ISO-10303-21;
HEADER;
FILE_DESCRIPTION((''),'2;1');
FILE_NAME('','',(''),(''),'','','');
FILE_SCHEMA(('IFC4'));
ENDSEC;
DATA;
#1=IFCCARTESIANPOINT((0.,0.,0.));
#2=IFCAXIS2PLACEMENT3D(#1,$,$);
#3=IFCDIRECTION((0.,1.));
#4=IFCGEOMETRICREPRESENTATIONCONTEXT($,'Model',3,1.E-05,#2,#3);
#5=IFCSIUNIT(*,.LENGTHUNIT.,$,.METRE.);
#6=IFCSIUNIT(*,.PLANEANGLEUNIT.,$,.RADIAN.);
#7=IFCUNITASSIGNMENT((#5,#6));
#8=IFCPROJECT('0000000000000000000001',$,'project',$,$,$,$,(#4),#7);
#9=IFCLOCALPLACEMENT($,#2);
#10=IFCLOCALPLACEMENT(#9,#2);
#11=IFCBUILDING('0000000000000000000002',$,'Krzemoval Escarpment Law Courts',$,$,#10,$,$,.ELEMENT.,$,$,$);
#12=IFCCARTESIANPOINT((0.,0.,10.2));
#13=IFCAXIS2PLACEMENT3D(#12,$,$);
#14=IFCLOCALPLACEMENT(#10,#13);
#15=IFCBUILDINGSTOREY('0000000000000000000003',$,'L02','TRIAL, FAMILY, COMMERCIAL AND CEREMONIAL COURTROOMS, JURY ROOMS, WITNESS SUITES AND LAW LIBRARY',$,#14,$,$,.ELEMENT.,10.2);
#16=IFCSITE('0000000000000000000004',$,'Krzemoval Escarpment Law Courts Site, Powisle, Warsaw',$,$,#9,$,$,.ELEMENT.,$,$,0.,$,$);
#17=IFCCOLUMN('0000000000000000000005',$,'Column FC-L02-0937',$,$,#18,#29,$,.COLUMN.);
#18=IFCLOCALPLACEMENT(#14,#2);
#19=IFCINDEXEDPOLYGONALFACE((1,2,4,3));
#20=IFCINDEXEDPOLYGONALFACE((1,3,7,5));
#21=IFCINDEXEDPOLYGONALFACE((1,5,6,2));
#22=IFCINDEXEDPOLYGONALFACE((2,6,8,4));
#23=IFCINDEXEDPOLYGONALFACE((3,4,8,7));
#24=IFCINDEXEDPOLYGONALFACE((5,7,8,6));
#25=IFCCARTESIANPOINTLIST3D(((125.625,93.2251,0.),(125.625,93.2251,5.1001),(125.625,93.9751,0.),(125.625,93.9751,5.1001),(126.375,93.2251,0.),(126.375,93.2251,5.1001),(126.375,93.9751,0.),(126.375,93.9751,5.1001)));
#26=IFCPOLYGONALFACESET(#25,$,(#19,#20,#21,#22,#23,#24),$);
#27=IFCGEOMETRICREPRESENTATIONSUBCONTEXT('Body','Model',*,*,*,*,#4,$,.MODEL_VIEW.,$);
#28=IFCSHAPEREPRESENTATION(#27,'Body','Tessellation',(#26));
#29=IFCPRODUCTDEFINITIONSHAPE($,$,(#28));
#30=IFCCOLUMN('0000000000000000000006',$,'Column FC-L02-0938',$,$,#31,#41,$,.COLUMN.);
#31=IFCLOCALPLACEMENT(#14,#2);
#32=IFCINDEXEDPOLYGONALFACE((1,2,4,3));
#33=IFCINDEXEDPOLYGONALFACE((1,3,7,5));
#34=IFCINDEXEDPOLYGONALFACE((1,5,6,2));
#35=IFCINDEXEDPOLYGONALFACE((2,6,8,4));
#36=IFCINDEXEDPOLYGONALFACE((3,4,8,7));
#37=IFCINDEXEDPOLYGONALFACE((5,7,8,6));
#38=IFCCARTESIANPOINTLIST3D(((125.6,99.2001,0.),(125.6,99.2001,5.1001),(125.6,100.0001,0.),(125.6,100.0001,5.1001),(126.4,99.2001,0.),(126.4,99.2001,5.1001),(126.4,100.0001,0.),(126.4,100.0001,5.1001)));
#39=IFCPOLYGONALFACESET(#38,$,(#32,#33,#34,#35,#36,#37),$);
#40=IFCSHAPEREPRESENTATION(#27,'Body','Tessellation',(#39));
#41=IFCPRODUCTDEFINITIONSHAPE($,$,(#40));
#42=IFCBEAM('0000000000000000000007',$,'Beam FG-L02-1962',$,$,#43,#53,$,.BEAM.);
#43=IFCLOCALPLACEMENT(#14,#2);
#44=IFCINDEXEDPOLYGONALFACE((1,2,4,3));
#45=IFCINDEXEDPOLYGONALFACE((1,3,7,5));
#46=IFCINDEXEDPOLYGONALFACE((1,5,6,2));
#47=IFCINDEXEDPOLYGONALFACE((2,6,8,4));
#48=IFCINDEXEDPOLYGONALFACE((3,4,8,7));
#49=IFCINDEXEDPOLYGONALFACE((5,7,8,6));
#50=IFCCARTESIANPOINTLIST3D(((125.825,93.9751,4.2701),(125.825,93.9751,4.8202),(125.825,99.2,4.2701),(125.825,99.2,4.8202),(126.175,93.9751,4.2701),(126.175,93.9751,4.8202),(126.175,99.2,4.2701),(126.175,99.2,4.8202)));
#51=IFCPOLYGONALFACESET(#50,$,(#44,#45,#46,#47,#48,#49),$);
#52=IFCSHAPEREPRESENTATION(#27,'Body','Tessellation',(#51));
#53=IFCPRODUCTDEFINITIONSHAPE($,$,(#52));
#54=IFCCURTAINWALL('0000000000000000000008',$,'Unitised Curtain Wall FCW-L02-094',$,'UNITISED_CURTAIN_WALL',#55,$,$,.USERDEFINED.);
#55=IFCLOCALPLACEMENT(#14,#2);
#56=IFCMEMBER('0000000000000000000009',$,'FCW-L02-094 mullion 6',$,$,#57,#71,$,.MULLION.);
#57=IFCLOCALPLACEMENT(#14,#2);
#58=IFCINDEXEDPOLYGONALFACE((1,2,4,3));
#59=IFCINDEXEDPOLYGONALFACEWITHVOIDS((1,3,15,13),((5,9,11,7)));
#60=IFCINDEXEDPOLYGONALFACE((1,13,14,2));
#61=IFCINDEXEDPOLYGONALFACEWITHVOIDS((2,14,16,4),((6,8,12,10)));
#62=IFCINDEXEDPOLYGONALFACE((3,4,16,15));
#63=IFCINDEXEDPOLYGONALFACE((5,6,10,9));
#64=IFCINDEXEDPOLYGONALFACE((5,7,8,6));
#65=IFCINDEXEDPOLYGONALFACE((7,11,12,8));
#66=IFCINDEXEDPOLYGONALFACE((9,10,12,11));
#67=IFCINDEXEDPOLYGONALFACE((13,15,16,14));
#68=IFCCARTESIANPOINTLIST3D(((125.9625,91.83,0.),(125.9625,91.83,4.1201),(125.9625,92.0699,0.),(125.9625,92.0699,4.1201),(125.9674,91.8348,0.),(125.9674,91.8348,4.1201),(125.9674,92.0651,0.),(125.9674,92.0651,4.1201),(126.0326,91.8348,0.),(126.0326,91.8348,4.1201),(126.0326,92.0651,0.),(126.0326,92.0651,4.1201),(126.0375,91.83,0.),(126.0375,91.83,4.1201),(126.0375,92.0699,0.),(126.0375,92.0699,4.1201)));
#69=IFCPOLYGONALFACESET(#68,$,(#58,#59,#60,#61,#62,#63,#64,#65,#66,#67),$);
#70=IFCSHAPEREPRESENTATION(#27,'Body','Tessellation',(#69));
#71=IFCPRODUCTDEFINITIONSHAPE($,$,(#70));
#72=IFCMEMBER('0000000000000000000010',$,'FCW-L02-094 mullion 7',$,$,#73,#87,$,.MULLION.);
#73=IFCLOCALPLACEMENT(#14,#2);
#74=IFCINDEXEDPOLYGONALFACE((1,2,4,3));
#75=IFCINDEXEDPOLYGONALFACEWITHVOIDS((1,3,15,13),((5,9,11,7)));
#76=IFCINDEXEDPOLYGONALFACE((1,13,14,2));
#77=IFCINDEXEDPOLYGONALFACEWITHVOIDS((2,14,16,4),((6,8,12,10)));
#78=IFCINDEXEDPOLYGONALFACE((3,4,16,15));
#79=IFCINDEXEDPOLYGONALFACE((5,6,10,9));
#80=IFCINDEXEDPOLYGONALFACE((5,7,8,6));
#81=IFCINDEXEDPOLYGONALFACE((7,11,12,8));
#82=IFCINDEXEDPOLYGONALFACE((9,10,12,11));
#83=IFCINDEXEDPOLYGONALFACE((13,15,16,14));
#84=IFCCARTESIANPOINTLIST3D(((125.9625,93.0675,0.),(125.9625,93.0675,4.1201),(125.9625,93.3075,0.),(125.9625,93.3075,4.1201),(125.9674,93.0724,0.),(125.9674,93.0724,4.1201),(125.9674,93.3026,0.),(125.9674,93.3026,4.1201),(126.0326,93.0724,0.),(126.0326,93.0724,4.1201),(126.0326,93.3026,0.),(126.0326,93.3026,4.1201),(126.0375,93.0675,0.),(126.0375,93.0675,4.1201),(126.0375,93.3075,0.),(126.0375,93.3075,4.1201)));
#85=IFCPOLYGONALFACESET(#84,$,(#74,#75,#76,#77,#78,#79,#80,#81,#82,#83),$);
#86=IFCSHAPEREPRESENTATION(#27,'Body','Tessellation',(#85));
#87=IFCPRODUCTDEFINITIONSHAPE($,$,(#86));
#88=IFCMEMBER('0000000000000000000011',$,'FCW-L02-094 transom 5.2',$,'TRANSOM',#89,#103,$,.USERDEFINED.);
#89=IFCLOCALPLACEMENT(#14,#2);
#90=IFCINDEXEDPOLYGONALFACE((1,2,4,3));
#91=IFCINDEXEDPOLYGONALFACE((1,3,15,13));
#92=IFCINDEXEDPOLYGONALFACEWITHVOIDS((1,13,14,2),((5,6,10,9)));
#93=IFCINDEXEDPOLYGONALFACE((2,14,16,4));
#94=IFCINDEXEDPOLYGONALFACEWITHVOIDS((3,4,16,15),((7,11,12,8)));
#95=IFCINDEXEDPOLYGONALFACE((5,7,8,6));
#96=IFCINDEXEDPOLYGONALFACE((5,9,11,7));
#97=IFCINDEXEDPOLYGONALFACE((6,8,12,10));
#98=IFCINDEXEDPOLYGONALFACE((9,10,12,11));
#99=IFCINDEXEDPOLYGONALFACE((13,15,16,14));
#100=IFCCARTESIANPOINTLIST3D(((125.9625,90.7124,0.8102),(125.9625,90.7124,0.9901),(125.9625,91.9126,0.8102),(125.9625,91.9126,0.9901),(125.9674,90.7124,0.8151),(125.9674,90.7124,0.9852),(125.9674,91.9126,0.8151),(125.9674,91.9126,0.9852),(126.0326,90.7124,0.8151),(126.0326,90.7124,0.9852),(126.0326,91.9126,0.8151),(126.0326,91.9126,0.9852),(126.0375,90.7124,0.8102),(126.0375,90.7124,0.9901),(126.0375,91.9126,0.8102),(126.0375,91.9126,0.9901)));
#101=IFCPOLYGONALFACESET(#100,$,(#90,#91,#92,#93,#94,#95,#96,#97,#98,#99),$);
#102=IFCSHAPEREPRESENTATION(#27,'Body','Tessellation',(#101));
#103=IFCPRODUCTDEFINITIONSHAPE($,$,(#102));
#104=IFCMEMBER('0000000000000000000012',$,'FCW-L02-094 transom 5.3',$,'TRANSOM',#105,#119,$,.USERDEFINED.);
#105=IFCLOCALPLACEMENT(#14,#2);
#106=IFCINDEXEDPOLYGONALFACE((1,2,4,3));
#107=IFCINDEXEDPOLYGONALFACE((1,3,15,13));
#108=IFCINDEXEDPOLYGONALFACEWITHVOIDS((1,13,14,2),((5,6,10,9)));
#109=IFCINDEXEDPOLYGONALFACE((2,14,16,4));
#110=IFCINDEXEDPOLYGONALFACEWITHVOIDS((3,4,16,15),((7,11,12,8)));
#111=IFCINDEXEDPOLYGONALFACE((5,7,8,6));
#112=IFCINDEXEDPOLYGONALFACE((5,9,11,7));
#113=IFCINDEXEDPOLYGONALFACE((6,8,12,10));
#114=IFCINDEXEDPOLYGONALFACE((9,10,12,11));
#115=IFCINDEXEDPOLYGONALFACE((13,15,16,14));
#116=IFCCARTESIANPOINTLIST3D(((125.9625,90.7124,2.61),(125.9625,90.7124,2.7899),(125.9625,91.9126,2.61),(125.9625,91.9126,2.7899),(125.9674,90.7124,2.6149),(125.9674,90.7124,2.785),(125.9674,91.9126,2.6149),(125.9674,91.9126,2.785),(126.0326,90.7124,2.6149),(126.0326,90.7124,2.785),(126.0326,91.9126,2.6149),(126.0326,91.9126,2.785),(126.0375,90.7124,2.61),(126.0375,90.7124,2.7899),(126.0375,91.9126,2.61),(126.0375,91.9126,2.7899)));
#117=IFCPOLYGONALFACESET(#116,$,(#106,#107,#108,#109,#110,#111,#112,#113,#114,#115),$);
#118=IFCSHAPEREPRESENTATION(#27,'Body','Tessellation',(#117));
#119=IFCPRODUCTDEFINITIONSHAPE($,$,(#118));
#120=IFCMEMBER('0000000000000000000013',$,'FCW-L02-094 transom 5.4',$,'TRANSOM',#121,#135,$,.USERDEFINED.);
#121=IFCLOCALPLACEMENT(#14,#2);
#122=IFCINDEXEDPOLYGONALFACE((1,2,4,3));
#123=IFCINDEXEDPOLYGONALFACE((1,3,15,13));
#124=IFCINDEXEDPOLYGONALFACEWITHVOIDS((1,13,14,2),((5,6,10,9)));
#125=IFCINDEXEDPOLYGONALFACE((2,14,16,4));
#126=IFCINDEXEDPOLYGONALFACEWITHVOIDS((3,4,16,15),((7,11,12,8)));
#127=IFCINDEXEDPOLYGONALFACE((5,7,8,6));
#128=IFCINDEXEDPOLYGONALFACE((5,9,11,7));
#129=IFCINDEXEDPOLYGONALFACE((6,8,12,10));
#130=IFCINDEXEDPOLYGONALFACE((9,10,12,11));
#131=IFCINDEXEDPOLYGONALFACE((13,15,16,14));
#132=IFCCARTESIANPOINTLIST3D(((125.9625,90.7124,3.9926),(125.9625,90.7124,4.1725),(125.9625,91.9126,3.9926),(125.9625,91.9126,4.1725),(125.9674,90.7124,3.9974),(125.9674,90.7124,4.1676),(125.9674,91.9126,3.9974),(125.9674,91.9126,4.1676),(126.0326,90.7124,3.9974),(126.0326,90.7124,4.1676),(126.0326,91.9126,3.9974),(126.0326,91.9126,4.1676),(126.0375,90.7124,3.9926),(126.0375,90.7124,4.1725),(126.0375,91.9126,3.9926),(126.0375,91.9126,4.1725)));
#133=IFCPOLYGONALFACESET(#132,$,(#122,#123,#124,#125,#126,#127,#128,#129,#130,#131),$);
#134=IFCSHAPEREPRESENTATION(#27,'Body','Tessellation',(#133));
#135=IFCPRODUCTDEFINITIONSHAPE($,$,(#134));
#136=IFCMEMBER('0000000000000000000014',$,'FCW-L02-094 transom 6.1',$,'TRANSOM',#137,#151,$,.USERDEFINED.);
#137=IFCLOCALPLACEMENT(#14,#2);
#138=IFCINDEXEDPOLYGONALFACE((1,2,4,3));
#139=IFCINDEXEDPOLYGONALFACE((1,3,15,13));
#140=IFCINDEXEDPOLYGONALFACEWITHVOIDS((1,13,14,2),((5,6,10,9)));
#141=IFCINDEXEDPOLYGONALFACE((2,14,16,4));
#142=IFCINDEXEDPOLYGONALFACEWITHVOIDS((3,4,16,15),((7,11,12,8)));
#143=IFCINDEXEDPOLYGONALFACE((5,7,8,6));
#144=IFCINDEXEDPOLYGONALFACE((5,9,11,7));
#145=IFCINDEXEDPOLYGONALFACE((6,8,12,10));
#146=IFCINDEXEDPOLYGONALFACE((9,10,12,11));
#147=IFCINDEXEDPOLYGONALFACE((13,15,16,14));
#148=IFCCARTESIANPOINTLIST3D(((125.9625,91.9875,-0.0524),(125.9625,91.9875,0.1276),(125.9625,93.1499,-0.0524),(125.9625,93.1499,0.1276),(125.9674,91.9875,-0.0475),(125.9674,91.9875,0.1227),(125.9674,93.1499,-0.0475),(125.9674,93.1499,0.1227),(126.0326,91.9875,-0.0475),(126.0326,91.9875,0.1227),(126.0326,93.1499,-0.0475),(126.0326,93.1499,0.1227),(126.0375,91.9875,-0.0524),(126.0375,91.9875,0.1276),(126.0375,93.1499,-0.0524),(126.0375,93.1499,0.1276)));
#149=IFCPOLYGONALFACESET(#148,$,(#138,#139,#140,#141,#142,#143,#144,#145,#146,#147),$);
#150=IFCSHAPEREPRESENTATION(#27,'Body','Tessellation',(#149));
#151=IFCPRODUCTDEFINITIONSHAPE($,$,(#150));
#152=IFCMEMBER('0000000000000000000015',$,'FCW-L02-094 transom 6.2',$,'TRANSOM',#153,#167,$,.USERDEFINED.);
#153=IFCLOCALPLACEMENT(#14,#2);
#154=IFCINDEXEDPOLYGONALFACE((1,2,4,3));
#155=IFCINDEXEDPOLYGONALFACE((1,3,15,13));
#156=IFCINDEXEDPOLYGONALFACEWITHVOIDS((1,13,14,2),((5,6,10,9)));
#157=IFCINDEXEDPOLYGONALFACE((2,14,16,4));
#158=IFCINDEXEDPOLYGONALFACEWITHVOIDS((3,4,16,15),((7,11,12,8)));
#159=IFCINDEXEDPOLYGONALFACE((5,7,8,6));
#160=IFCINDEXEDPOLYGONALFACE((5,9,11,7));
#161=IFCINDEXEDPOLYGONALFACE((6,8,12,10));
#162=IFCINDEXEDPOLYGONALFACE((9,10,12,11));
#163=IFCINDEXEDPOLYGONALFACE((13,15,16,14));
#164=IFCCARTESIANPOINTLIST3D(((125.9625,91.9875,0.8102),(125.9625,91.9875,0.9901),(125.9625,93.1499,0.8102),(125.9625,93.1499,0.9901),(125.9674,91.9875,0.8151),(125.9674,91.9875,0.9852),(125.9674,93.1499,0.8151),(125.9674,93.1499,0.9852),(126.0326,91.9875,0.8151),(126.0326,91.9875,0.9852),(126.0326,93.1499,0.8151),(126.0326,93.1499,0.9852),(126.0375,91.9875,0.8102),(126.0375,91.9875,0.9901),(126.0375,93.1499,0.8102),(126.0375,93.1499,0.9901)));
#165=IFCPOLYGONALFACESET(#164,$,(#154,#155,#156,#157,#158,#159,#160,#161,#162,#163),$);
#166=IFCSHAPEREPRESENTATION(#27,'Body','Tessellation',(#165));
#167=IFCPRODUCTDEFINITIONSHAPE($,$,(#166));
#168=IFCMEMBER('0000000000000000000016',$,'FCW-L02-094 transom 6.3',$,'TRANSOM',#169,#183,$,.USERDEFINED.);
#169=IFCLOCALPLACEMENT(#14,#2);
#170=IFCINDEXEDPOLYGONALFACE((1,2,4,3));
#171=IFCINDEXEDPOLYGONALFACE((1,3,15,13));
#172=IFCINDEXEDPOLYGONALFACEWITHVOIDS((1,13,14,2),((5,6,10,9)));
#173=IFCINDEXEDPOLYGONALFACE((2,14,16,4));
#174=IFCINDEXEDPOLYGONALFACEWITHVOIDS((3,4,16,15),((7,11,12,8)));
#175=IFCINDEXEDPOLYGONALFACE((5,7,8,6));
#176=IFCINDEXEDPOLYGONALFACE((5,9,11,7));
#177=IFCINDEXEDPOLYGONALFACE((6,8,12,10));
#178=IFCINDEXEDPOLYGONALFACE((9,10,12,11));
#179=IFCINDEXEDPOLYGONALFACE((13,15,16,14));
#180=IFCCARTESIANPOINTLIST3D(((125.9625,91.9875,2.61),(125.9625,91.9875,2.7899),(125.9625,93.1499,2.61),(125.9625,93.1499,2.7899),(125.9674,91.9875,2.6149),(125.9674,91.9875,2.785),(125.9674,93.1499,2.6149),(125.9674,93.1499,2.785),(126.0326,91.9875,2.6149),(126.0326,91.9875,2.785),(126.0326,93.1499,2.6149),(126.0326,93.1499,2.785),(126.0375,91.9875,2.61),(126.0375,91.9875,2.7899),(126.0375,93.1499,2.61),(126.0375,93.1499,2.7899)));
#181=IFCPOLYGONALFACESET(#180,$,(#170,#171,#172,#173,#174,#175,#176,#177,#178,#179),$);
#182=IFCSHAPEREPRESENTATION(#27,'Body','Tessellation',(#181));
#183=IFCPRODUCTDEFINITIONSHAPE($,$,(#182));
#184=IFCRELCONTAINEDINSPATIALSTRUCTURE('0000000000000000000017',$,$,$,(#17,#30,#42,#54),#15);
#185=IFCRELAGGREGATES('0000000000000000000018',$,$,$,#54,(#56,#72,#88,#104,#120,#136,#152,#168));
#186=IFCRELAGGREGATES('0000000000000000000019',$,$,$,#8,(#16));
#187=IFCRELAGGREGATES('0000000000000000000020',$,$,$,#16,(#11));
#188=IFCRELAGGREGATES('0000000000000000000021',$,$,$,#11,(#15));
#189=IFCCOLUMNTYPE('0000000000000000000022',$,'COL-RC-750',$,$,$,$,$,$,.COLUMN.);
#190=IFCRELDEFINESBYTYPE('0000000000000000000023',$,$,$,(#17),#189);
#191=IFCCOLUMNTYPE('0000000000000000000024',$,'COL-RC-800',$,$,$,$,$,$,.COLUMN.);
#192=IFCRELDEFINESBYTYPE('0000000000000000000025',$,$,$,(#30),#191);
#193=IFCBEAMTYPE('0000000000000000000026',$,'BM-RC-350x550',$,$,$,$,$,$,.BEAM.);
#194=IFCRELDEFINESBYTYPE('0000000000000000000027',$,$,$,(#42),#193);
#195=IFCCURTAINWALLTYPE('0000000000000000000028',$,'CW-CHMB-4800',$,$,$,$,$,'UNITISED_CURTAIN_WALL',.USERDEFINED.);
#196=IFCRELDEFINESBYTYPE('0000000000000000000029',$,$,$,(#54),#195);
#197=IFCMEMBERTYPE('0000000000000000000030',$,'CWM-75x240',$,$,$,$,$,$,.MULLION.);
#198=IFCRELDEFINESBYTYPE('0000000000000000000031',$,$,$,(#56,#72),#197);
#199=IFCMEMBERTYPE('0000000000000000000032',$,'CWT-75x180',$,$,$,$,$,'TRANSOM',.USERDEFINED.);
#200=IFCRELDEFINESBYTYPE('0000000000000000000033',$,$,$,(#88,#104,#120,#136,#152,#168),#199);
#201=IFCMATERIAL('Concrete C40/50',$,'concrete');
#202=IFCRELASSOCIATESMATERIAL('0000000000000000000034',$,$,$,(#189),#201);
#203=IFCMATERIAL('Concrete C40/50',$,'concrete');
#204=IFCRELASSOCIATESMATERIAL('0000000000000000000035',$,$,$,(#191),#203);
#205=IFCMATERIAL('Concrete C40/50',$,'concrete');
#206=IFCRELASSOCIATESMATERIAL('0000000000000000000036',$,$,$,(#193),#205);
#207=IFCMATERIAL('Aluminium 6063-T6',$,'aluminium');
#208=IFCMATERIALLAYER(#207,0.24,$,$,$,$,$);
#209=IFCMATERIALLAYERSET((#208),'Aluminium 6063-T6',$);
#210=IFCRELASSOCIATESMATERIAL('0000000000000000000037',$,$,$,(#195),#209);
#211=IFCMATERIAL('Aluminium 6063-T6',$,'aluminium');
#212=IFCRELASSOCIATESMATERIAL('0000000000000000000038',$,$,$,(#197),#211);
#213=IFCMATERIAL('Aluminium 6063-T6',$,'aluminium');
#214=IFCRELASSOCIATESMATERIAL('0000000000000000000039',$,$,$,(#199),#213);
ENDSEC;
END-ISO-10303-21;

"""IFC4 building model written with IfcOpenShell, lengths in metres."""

from ifc_helpers import new_model, si_unit, direction, frame, origin, origin_2d, place, context, subcontext, project, spatial, rectangle, hollow_rectangle, extrude, material, layer, layer_set, material_profile, profile_set, type_object, element, aggregate, save


model = new_model("IFC4")

# Units and contexts
model_context = context("Model", 3, precision=1e-05, world=origin(), true_north=direction((0.0, 1.0)))
body_context = subcontext(model_context, "Body", "Model", "MODEL_VIEW")
ifc_project = project(units=[si_unit("LENGTHUNIT", "METRE"), si_unit("PLANEANGLEUNIT", "RADIAN")], contexts=[model_context])

# Site, building, storey
site_placement = place(None, origin())
site = spatial("IfcSite", under=ifc_project, at=site_placement, Name="Krzemoval Escarpment Law Courts Site, Powisle, Warsaw", CompositionType="ELEMENT", RefElevation=0.0)
building_placement = place(site_placement, origin())
building = spatial("IfcBuilding", under=site, at=building_placement, Name="Krzemoval Escarpment Law Courts", CompositionType="ELEMENT")
storey_placement = place(building_placement, frame((0.0, 0.0, 10.2)))
storey = spatial("IfcBuildingStorey", under=building, at=storey_placement, Name="L02", Description="TRIAL, FAMILY, COMMERCIAL AND CEREMONIAL COURTROOMS, JURY ROOMS, WITNESS SUITES AND LAW LIBRARY", CompositionType="ELEMENT", Elevation=10.2)

# Columns
ifc_material_1 = material(Name="Concrete C40/50", Category="concrete")
ifc_material_profile_1 = material_profile(ifc_material_1, rectangle(XDim=0.75, YDim=0.75, at=origin_2d()), Name="RC 750x750")
ifc_profile_set_1 = profile_set([ifc_material_profile_1], Name="Concrete C40/50")
column_type_1 = type_object("IfcColumnType", Name="COL-RC-750", PredefinedType="COLUMN", material=ifc_profile_set_1)
column_1_placement = place(storey_placement, frame((126.0, 93.6001, 0.0), z_axis=(0.0, 0.0, 1.0), x_axis=(1.0, 0.0, 0.0)))
element("IfcColumn", 1, at=column_1_placement, inside=storey, type_object=column_type_1, Name="Column FC-L02-0937", PredefinedType="COLUMN", context=body_context, shape_type="SweptSolid", body=[
    extrude(rectangle(XDim=0.75, YDim=0.75, at=origin_2d()), origin(), (0.0, 0.0, 1.0), 5.1001),
])
ifc_material_2 = material(Name="Concrete C40/50", Category="concrete")
ifc_material_profile_2 = material_profile(ifc_material_2, rectangle(XDim=0.8, YDim=0.8, at=origin_2d()), Name="RC 800x800")
ifc_profile_set_2 = profile_set([ifc_material_profile_2], Name="Concrete C40/50")
column_type_2 = type_object("IfcColumnType", Name="COL-RC-800", PredefinedType="COLUMN", material=ifc_profile_set_2)
column_2_placement = place(storey_placement, frame((126.0, 99.6001, 0.0), z_axis=(0.0, 0.0, 1.0), x_axis=(1.0, 0.0, 0.0)))
element("IfcColumn", 2, at=column_2_placement, inside=storey, type_object=column_type_2, Name="Column FC-L02-0938", PredefinedType="COLUMN", context=body_context, shape_type="SweptSolid", body=[
    extrude(rectangle(XDim=0.8, YDim=0.8, at=origin_2d()), origin(), (0.0, 0.0, 1.0), 5.1001),
])

# Beam
ifc_material_3 = material(Name="Concrete C40/50", Category="concrete")
ifc_material_profile_3 = material_profile(ifc_material_3, rectangle(XDim=0.3501, YDim=0.55, at=origin_2d()), Name="RCB 350x550")
ifc_profile_set_3 = profile_set([ifc_material_profile_3], Name="Concrete C40/50")
beam_type = type_object("IfcBeamType", Name="BM-RC-350x550", PredefinedType="BEAM", material=ifc_profile_set_3)
beam_placement = place(storey_placement, frame((126.0, 93.9751, 4.5452), z_axis=(0.0, 1.0, 0.0), x_axis=(-1.0, 0.0, 0.0)))
element("IfcBeam", 3, at=beam_placement, inside=storey, type_object=beam_type, Name="Beam FG-L02-1962", PredefinedType="BEAM", context=body_context, shape_type="SweptSolid", body=[
    extrude(rectangle(XDim=0.3501, YDim=0.55, at=origin_2d()), origin(), (0.0, 0.0, 1.0), 5.2249),
])

# Curtain wall, members
ifc_material_4 = material(Name="Aluminium 6063-T6", Category="aluminium")
ifc_layer_1 = layer(ifc_material_4, 0.24)
ifc_layer_set_1 = layer_set([ifc_layer_1], Name="Aluminium 6063-T6")
curtain_wall_type = type_object("IfcCurtainWallType", Name="CW-CHMB-4800", ElementType="UNITISED_CURTAIN_WALL", PredefinedType="USERDEFINED", material=ifc_layer_set_1)
curtain_wall_placement = place(storey_placement, origin())
curtain_wall = element("IfcCurtainWall", 4, at=curtain_wall_placement, inside=storey, type_object=curtain_wall_type, Name="Unitised Curtain Wall FCW-L02-094", ObjectType="UNITISED_CURTAIN_WALL", PredefinedType="USERDEFINED")
ifc_material_5 = material(Name="Aluminium 6063-T6", Category="aluminium")
ifc_material_profile_4 = material_profile(ifc_material_5, hollow_rectangle(XDim=0.075, YDim=0.24, WallThickness=0.0049, at=origin_2d()), Name="ALU M75x240")
ifc_profile_set_4 = profile_set([ifc_material_profile_4], Name="Aluminium 6063-T6")
member_type_1 = type_object("IfcMemberType", Name="CWM-75x240", PredefinedType="MULLION", material=ifc_profile_set_4)
member_1_placement = place(storey_placement, frame((126.0, 91.95, 0.0), z_axis=(0.0, 0.0, 1.0), x_axis=(-1.0, 0.0, 0.0)))
member_1 = element("IfcMember", 5, at=member_1_placement, type_object=member_type_1, Name="FCW-L02-094 mullion 6", PredefinedType="MULLION", context=body_context, shape_type="SweptSolid", body=[
    extrude(hollow_rectangle(XDim=0.075, YDim=0.24, WallThickness=0.0049, at=origin_2d()), origin(), (0.0, 0.0, 1.0), 4.1201),
])
member_2_placement = place(storey_placement, frame((126.0, 93.1875, 0.0), z_axis=(0.0, 0.0, 1.0), x_axis=(-1.0, 0.0, 0.0)))
member_2 = element("IfcMember", 6, at=member_2_placement, type_object=member_type_1, Name="FCW-L02-094 mullion 7", PredefinedType="MULLION", context=body_context, shape_type="SweptSolid", body=[
    extrude(hollow_rectangle(XDim=0.075, YDim=0.24, WallThickness=0.0049, at=origin_2d()), origin(), (0.0, 0.0, 1.0), 4.1201),
])
ifc_material_6 = material(Name="Aluminium 6063-T6", Category="aluminium")
ifc_material_profile_5 = material_profile(ifc_material_6, hollow_rectangle(XDim=0.075, YDim=0.1799, WallThickness=0.0049, at=origin_2d()), Name="ALU T75x180")
ifc_profile_set_5 = profile_set([ifc_material_profile_5], Name="Aluminium 6063-T6")
member_type_2 = type_object("IfcMemberType", Name="CWT-75x180", ElementType="TRANSOM", PredefinedType="USERDEFINED", material=ifc_profile_set_5)
member_3_placement = place(storey_placement, frame((126.0, 90.7124, 0.9001), z_axis=(0.0, 1.0, 0.0), x_axis=(-1.0, 0.0, 0.0)))
member_3 = element("IfcMember", 7, at=member_3_placement, type_object=member_type_2, Name="FCW-L02-094 transom 5.2", ObjectType="TRANSOM", PredefinedType="USERDEFINED", context=body_context, shape_type="SweptSolid", body=[
    extrude(hollow_rectangle(XDim=0.075, YDim=0.1799, WallThickness=0.0049, at=origin_2d()), origin(), (0.0, 0.0, 1.0), 1.2002),
])
member_4_placement = place(storey_placement, frame((126.0, 90.7124, 2.7), z_axis=(0.0, 1.0, 0.0), x_axis=(-1.0, 0.0, 0.0)))
member_4 = element("IfcMember", 8, at=member_4_placement, type_object=member_type_2, Name="FCW-L02-094 transom 5.3", ObjectType="TRANSOM", PredefinedType="USERDEFINED", context=body_context, shape_type="SweptSolid", body=[
    extrude(hollow_rectangle(XDim=0.075, YDim=0.1799, WallThickness=0.0049, at=origin_2d()), origin(), (0.0, 0.0, 1.0), 1.2002),
])
member_5_placement = place(storey_placement, frame((126.0, 90.7124, 4.0825), z_axis=(0.0, 1.0, 0.0), x_axis=(-1.0, 0.0, 0.0)))
member_5 = element("IfcMember", 9, at=member_5_placement, type_object=member_type_2, Name="FCW-L02-094 transom 5.4", ObjectType="TRANSOM", PredefinedType="USERDEFINED", context=body_context, shape_type="SweptSolid", body=[
    extrude(hollow_rectangle(XDim=0.075, YDim=0.1799, WallThickness=0.0049, at=origin_2d()), origin(), (0.0, 0.0, 1.0), 1.2002),
])
member_6_placement = place(storey_placement, frame((126.0, 91.9875, 0.0376), z_axis=(0.0, 1.0, 0.0), x_axis=(-1.0, 0.0, 0.0)))
member_6 = element("IfcMember", 10, at=member_6_placement, type_object=member_type_2, Name="FCW-L02-094 transom 6.1", ObjectType="TRANSOM", PredefinedType="USERDEFINED", context=body_context, shape_type="SweptSolid", body=[
    extrude(hollow_rectangle(XDim=0.075, YDim=0.1799, WallThickness=0.0049, at=origin_2d()), origin(), (0.0, 0.0, 1.0), 1.1624),
])
member_7_placement = place(storey_placement, frame((126.0, 91.9875, 0.9001), z_axis=(0.0, 1.0, 0.0), x_axis=(-1.0, 0.0, 0.0)))
member_7 = element("IfcMember", 11, at=member_7_placement, type_object=member_type_2, Name="FCW-L02-094 transom 6.2", ObjectType="TRANSOM", PredefinedType="USERDEFINED", context=body_context, shape_type="SweptSolid", body=[
    extrude(hollow_rectangle(XDim=0.075, YDim=0.1799, WallThickness=0.0049, at=origin_2d()), origin(), (0.0, 0.0, 1.0), 1.1624),
])
member_8_placement = place(storey_placement, frame((126.0, 91.9875, 2.7), z_axis=(0.0, 1.0, 0.0), x_axis=(-1.0, 0.0, 0.0)))
member_8 = element("IfcMember", 12, at=member_8_placement, type_object=member_type_2, Name="FCW-L02-094 transom 6.3", ObjectType="TRANSOM", PredefinedType="USERDEFINED", context=body_context, shape_type="SweptSolid", body=[
    extrude(hollow_rectangle(XDim=0.075, YDim=0.1799, WallThickness=0.0049, at=origin_2d()), origin(), (0.0, 0.0, 1.0), 1.1624),
])

aggregate(curtain_wall, [member_1, member_2, member_3, member_4, member_5, member_6, member_7, member_8])

save(model, "model.ifc")
